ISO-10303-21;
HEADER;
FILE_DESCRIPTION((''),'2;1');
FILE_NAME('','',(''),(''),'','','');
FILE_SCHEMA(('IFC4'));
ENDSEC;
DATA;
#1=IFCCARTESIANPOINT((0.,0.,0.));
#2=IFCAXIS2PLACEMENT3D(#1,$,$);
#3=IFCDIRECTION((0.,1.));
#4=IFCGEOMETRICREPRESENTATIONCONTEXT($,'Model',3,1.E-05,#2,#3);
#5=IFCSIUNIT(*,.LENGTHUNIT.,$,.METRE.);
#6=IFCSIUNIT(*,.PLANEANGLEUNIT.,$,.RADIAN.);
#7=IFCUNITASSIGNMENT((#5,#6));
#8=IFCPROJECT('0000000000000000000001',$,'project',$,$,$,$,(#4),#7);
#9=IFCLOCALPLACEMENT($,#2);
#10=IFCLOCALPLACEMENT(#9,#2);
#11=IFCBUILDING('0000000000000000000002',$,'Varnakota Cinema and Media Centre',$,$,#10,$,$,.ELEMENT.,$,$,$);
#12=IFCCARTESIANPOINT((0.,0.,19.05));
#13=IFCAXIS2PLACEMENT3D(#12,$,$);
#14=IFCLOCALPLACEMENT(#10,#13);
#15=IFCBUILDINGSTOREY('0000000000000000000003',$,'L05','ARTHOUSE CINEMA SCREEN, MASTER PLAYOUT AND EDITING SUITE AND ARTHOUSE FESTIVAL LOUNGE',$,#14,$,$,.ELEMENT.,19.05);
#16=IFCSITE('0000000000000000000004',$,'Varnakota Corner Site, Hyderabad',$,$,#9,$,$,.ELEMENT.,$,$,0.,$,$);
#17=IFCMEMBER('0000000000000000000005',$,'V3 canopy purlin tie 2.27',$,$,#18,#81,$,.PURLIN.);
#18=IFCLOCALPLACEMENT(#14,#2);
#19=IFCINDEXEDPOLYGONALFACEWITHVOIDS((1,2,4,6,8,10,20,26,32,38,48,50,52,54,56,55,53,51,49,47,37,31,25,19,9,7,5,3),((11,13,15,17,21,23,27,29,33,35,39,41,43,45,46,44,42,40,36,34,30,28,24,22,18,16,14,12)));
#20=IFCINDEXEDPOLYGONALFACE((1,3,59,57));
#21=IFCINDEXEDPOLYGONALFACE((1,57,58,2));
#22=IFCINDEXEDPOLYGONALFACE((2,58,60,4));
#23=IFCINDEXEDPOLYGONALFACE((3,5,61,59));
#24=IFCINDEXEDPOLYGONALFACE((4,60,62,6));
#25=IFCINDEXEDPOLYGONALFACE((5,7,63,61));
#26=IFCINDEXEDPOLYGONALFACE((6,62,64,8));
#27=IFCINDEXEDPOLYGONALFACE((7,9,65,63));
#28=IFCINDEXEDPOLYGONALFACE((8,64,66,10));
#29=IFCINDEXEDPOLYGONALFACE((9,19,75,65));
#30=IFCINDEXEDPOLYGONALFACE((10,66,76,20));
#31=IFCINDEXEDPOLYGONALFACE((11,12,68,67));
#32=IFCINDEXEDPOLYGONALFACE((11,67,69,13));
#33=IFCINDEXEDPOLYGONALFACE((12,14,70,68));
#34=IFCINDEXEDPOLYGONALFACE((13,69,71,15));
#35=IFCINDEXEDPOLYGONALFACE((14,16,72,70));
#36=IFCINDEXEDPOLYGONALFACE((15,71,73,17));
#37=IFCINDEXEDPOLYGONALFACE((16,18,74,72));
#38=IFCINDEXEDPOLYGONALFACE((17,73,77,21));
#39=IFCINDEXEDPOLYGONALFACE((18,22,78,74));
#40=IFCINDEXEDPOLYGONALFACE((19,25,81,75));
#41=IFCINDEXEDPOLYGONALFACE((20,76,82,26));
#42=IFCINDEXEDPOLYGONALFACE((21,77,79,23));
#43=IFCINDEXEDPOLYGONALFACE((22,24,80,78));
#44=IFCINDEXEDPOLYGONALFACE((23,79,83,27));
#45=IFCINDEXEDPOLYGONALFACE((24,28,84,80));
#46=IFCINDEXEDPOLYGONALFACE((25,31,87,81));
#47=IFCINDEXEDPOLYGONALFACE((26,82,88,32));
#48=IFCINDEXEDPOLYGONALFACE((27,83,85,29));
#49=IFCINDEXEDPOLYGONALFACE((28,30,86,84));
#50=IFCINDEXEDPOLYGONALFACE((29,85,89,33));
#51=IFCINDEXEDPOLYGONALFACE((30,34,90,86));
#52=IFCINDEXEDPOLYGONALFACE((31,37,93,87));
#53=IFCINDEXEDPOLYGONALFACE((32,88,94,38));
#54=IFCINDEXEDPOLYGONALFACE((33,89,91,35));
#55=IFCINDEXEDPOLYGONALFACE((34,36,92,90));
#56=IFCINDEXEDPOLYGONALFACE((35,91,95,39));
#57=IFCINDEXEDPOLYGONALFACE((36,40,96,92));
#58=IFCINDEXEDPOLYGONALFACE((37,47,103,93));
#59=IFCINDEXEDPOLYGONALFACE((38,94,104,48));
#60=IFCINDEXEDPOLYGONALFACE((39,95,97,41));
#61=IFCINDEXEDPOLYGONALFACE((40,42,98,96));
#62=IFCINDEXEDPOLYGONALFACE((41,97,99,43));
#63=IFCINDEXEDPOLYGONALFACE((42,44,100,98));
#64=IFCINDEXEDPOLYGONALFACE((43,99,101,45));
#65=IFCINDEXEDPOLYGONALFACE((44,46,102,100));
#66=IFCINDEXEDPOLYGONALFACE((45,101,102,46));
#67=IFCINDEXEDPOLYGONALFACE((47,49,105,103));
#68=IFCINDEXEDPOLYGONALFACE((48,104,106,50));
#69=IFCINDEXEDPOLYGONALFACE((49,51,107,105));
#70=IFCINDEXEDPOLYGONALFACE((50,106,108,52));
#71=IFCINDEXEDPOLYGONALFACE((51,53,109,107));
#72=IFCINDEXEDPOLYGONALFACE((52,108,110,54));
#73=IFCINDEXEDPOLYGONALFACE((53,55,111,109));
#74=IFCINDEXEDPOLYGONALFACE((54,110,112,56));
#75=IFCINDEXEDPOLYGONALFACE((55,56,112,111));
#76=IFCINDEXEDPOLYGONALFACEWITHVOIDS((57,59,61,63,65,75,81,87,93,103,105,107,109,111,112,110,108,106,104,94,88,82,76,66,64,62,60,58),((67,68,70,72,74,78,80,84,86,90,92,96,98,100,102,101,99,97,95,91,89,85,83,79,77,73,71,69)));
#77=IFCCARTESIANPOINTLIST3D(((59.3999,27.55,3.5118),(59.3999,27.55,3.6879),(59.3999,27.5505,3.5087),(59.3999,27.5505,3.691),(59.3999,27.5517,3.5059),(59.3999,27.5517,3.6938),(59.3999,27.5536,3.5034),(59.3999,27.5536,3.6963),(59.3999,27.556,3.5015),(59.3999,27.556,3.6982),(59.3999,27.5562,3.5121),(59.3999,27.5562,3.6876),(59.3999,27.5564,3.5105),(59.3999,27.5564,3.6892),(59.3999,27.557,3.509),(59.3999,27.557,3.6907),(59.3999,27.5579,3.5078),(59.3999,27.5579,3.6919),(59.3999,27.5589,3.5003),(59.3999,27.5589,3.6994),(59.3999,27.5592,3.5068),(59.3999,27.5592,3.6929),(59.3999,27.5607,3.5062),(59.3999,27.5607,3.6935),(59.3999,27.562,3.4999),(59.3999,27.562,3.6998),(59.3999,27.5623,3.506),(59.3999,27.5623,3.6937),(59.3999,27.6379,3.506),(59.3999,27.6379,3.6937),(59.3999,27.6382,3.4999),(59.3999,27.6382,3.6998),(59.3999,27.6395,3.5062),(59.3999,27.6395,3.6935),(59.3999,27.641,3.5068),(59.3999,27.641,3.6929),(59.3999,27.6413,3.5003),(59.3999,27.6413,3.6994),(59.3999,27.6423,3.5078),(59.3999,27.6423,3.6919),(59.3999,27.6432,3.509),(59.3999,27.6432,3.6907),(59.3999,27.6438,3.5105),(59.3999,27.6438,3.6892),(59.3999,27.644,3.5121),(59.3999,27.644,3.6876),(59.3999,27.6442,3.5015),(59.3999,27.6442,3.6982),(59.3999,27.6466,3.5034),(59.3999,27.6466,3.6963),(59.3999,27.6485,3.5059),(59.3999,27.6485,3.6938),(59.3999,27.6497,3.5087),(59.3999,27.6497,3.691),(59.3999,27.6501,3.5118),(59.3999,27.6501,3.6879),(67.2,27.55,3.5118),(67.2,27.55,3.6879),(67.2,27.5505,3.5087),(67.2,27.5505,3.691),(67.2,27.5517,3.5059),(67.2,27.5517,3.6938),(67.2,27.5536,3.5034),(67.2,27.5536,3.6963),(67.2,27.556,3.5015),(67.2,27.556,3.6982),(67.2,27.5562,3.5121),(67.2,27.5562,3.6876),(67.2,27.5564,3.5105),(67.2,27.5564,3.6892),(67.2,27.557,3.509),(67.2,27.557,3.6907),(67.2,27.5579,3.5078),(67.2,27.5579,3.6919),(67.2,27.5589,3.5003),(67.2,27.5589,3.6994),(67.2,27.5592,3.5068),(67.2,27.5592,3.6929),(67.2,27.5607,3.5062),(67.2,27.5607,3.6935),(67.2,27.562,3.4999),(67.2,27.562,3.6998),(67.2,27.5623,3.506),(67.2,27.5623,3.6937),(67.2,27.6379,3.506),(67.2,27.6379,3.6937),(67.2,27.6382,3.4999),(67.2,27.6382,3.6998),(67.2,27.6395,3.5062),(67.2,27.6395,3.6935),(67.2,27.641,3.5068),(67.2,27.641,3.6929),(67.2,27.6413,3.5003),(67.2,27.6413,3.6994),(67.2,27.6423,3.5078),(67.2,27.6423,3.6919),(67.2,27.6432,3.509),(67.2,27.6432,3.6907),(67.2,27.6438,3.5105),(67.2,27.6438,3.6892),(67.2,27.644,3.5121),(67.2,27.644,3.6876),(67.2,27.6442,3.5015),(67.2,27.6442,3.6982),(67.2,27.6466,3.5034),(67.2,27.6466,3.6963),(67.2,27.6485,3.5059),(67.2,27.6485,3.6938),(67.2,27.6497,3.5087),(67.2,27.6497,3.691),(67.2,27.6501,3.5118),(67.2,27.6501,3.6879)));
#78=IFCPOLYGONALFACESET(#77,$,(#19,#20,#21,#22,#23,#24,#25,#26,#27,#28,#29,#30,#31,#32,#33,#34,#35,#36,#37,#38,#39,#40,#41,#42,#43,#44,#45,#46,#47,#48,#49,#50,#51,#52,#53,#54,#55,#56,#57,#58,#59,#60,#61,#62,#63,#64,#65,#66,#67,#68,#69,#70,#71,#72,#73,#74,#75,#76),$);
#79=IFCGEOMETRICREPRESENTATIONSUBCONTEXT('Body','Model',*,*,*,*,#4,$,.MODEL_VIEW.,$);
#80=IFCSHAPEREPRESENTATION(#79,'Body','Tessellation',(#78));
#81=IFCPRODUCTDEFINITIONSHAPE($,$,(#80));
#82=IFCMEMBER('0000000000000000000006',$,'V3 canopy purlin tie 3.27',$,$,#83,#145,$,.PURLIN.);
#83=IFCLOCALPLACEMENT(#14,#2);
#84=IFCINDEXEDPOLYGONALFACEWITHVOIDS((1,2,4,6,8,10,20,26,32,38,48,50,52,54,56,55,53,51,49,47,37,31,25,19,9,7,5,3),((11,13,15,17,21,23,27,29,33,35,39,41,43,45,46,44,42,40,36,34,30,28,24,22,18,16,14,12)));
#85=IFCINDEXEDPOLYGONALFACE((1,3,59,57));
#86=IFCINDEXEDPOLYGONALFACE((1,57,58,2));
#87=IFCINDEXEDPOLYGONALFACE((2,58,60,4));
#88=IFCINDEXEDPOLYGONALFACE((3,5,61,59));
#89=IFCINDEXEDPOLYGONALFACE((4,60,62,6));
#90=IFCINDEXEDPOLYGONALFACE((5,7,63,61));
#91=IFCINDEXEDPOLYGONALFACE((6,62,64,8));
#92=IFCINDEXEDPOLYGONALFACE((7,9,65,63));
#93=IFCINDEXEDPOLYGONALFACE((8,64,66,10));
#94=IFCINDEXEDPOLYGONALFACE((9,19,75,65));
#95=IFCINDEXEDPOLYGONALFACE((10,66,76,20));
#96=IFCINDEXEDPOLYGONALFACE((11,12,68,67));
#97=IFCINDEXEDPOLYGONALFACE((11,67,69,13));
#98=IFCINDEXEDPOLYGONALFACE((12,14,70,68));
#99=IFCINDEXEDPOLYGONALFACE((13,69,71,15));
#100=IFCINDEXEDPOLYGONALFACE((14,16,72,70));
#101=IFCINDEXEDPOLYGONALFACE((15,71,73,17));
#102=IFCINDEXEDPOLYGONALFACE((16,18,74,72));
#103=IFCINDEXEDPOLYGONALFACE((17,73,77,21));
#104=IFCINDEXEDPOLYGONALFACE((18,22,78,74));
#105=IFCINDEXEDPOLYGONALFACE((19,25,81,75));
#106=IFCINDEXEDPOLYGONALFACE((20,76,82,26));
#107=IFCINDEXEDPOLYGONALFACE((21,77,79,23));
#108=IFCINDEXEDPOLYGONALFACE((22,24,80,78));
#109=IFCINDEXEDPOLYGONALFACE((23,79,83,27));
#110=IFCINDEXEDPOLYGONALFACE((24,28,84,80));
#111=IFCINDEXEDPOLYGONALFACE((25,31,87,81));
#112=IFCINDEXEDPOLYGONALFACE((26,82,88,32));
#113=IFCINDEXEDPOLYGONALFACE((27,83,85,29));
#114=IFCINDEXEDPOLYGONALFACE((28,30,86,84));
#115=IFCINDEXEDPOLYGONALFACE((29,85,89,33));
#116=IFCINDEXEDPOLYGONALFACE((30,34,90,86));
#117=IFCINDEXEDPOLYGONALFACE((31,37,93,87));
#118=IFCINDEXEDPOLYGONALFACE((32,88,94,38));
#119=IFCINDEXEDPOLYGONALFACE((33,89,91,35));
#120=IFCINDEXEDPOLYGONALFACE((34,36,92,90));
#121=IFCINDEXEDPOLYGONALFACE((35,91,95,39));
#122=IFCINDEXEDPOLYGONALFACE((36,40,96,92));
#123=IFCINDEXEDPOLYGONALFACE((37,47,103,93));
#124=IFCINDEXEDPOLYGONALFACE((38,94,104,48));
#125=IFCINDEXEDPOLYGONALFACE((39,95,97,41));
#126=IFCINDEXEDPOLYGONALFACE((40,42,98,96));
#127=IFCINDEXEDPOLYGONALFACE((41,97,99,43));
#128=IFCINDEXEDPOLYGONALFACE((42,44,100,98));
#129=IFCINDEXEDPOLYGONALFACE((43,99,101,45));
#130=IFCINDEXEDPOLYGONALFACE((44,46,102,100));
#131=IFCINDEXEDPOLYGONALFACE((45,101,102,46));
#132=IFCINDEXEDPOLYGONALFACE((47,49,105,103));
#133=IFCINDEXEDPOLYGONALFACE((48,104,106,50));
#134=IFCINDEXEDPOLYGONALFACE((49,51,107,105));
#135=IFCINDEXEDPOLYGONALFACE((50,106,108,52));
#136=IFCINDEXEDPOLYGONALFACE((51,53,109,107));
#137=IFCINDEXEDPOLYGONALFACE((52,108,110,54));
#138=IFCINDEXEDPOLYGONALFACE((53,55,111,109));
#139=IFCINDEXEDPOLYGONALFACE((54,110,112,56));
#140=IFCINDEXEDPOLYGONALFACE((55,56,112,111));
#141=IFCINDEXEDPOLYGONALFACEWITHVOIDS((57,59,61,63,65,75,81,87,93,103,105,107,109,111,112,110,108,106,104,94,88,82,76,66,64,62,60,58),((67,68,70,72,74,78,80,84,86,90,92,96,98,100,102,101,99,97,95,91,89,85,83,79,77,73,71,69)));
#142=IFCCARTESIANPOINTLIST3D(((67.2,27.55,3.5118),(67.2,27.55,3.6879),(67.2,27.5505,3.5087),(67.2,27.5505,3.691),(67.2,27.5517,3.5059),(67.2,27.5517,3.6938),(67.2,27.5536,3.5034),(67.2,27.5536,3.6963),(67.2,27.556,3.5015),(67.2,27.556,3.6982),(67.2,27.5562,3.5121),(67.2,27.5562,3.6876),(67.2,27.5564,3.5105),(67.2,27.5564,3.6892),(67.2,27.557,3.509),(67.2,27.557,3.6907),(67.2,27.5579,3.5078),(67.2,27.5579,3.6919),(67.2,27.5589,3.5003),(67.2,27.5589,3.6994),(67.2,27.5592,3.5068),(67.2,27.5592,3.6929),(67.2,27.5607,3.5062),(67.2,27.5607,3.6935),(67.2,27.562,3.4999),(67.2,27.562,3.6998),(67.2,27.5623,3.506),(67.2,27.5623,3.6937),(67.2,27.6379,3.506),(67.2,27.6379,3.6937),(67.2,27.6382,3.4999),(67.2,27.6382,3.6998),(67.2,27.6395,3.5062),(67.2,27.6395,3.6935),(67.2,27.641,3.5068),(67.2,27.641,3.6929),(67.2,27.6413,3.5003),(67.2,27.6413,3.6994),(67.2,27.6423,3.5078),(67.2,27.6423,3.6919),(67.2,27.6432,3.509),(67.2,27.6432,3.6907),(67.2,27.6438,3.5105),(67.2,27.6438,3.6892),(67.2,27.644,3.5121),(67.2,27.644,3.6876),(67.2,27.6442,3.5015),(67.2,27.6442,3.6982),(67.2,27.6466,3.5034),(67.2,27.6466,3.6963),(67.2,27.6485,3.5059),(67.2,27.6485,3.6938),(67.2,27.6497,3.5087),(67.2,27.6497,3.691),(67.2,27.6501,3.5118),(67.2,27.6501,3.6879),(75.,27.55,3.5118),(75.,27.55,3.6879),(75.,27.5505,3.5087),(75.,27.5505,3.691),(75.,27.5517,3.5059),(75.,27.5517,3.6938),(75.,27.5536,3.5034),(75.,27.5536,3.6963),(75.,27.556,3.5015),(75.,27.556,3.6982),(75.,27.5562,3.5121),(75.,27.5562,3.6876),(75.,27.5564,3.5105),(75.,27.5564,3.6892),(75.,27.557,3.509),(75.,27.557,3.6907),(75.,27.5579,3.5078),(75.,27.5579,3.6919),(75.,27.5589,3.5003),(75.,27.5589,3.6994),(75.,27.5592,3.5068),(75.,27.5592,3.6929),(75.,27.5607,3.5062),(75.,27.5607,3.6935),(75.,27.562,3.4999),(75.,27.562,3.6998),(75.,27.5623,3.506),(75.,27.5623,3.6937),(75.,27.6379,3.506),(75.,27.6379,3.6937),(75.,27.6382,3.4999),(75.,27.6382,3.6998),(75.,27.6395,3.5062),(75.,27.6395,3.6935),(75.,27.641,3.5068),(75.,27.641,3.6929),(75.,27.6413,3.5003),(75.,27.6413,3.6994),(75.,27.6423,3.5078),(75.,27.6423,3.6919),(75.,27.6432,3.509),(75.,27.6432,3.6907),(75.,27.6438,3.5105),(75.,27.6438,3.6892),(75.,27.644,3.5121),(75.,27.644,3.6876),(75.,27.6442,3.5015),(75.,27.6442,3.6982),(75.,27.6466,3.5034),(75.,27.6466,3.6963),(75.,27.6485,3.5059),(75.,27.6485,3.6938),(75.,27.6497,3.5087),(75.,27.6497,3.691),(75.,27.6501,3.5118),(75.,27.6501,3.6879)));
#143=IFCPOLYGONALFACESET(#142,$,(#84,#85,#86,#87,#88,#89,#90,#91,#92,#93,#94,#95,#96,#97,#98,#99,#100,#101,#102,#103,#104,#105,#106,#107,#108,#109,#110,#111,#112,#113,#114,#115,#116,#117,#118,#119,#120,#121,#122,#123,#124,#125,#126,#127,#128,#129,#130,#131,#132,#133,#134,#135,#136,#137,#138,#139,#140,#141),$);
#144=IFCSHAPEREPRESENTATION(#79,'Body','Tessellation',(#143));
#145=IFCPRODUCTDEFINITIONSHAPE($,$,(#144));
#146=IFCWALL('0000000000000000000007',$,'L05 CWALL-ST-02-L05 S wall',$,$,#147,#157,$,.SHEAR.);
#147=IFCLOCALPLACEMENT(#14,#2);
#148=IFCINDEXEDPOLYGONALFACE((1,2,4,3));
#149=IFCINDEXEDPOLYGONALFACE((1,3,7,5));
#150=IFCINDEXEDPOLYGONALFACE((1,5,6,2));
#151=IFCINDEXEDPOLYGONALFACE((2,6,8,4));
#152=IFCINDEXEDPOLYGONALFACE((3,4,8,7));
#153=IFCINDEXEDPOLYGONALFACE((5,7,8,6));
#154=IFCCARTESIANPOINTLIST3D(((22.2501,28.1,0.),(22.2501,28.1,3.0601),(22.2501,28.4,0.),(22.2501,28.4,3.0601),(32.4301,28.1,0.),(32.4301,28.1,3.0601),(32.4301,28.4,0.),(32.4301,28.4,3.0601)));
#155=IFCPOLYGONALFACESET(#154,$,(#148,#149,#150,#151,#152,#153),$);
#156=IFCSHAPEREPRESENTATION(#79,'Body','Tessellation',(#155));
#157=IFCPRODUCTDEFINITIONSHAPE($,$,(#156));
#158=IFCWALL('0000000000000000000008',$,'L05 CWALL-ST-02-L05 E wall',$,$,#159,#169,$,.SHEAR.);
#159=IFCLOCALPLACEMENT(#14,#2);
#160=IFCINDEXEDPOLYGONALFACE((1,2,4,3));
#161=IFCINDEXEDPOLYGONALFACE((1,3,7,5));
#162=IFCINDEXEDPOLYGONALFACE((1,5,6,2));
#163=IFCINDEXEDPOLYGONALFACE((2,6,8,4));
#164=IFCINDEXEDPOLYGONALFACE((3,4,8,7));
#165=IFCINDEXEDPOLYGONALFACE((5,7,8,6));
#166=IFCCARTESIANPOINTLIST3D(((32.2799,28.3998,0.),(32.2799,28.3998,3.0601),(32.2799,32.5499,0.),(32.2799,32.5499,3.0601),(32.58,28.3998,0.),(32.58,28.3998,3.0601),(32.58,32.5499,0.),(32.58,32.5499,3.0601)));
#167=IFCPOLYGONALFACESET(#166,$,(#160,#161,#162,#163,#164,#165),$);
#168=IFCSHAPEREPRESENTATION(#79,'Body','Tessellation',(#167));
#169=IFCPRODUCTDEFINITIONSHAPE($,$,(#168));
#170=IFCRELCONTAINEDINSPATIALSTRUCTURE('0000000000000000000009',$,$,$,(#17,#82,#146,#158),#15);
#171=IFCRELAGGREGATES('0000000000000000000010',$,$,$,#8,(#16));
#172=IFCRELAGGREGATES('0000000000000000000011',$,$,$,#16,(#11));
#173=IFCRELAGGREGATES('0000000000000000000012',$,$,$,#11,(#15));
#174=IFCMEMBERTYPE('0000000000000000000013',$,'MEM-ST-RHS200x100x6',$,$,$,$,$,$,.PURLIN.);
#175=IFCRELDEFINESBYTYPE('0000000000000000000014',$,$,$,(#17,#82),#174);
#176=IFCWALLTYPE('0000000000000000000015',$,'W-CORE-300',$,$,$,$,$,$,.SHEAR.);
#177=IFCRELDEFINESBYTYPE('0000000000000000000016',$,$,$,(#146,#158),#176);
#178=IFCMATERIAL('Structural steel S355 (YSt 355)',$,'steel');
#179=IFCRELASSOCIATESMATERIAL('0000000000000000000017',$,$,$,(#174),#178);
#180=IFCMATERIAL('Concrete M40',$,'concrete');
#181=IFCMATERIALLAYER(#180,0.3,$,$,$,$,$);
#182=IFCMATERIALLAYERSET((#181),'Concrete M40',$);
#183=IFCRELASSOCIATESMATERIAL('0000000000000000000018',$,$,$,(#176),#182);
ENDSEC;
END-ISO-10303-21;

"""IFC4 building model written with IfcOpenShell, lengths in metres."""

from ifc_helpers import new_model, si_unit, direction, frame, frame_2d, origin, origin_2d, place, context, subcontext, project, spatial, rectangle, hollow_rectangle, extrude, material, layer, layer_set, material_profile, profile_set, type_object, element, save


model = new_model("IFC4")

# Units and contexts
model_context = context("Model", 3, precision=1e-05, world=origin(), true_north=direction((0.0, 1.0)))
body_context = subcontext(model_context, "Body", "Model", "MODEL_VIEW")
ifc_project = project(units=[si_unit("LENGTHUNIT", "METRE"), si_unit("PLANEANGLEUNIT", "RADIAN")], contexts=[model_context])

# Site, building, storey
site_placement = place(None, origin())
site = spatial("IfcSite", under=ifc_project, at=site_placement, Name="Varnakota Corner Site, Hyderabad", CompositionType="ELEMENT", RefElevation=0.0)
building_placement = place(site_placement, origin())
building = spatial("IfcBuilding", under=site, at=building_placement, Name="Varnakota Cinema and Media Centre", CompositionType="ELEMENT")
storey_placement = place(building_placement, frame((0.0, 0.0, 19.05)))
storey = spatial("IfcBuildingStorey", under=building, at=storey_placement, Name="L05", Description="ARTHOUSE CINEMA SCREEN, MASTER PLAYOUT AND EDITING SUITE AND ARTHOUSE FESTIVAL LOUNGE", CompositionType="ELEMENT", Elevation=19.05)

# Members
ifc_material_1 = material(Name="Structural steel S355 (YSt 355)", Category="steel")
ifc_material_profile_1 = material_profile(ifc_material_1, hollow_rectangle(XDim=0.1001, YDim=0.2, WallThickness=0.0061, InnerFilletRadius=0.0061, OuterFilletRadius=0.012, at=origin_2d()), Name="RHS 200x100x6")
ifc_profile_set_1 = profile_set([ifc_material_profile_1], Name="Structural steel S355 (YSt 355)")
member_type = type_object("IfcMemberType", Name="MEM-ST-RHS200x100x6", PredefinedType="PURLIN", material=ifc_profile_set_1)
for number, where, z_axis, x_axis, name in (
    (1, (59.3999, 27.6001, 3.5999), (1.0, 0.0, 0.0), (0.0, 1.0, 0.0), "V3 canopy purlin tie 2.27"),
    (2, (67.2, 27.6001, 3.5999), (1.0, 0.0, 0.0), (0.0, 1.0, 0.0), "V3 canopy purlin tie 3.27"),
):
    element("IfcMember", number, at=place(storey_placement, frame(where, z_axis=z_axis, x_axis=x_axis)), inside=storey, type_object=member_type, Name=name, PredefinedType="PURLIN", context=body_context, shape_type="SweptSolid", body=[
        extrude(hollow_rectangle(XDim=0.1001, YDim=0.2, WallThickness=0.0061, InnerFilletRadius=0.0061, OuterFilletRadius=0.012, at=origin_2d()), origin(), (0.0, 0.0, 1.0), 7.8),
    ])

# Walls
ifc_material_2 = material(Name="Concrete M40", Category="concrete")
ifc_layer_1 = layer(ifc_material_2, 0.3)
ifc_layer_set_1 = layer_set([ifc_layer_1], Name="Concrete M40")
wall_type_1 = type_object("IfcWallType", Name="W-CORE-300", PredefinedType="SHEAR", material=ifc_layer_set_1)
wall_1_placement = place(storey_placement, frame((32.4299, 28.25, 0.0), z_axis=(0.0, 0.0, 1.0), x_axis=(-1.0, 0.0, 0.0)))
element("IfcWall", 3, at=wall_1_placement, inside=storey, type_object=wall_type_1, Name="L05 CWALL-ST-02-L05 S wall", PredefinedType="SHEAR", context=body_context, shape_type="SweptSolid", body=[
    extrude(rectangle(XDim=10.1799, YDim=0.3, at=frame_2d((5.0898, 0.0))), origin(), (0.0, 0.0, 1.0), 3.0601),
])
wall_2_placement = place(storey_placement, frame((32.4299, 32.55, 0.0), z_axis=(0.0, 0.0, 1.0), x_axis=(0.0, -1.0, 0.0)))
element("IfcWall", 4, at=wall_2_placement, inside=storey, type_object=wall_type_1, Name="L05 CWALL-ST-02-L05 E wall", PredefinedType="SHEAR", context=body_context, shape_type="SweptSolid", body=[
    extrude(rectangle(XDim=4.1501, YDim=0.3, at=frame_2d((2.0752, 0.0))), origin(), (0.0, 0.0, 1.0), 3.0601),
])

save(model, "model.ifc")
